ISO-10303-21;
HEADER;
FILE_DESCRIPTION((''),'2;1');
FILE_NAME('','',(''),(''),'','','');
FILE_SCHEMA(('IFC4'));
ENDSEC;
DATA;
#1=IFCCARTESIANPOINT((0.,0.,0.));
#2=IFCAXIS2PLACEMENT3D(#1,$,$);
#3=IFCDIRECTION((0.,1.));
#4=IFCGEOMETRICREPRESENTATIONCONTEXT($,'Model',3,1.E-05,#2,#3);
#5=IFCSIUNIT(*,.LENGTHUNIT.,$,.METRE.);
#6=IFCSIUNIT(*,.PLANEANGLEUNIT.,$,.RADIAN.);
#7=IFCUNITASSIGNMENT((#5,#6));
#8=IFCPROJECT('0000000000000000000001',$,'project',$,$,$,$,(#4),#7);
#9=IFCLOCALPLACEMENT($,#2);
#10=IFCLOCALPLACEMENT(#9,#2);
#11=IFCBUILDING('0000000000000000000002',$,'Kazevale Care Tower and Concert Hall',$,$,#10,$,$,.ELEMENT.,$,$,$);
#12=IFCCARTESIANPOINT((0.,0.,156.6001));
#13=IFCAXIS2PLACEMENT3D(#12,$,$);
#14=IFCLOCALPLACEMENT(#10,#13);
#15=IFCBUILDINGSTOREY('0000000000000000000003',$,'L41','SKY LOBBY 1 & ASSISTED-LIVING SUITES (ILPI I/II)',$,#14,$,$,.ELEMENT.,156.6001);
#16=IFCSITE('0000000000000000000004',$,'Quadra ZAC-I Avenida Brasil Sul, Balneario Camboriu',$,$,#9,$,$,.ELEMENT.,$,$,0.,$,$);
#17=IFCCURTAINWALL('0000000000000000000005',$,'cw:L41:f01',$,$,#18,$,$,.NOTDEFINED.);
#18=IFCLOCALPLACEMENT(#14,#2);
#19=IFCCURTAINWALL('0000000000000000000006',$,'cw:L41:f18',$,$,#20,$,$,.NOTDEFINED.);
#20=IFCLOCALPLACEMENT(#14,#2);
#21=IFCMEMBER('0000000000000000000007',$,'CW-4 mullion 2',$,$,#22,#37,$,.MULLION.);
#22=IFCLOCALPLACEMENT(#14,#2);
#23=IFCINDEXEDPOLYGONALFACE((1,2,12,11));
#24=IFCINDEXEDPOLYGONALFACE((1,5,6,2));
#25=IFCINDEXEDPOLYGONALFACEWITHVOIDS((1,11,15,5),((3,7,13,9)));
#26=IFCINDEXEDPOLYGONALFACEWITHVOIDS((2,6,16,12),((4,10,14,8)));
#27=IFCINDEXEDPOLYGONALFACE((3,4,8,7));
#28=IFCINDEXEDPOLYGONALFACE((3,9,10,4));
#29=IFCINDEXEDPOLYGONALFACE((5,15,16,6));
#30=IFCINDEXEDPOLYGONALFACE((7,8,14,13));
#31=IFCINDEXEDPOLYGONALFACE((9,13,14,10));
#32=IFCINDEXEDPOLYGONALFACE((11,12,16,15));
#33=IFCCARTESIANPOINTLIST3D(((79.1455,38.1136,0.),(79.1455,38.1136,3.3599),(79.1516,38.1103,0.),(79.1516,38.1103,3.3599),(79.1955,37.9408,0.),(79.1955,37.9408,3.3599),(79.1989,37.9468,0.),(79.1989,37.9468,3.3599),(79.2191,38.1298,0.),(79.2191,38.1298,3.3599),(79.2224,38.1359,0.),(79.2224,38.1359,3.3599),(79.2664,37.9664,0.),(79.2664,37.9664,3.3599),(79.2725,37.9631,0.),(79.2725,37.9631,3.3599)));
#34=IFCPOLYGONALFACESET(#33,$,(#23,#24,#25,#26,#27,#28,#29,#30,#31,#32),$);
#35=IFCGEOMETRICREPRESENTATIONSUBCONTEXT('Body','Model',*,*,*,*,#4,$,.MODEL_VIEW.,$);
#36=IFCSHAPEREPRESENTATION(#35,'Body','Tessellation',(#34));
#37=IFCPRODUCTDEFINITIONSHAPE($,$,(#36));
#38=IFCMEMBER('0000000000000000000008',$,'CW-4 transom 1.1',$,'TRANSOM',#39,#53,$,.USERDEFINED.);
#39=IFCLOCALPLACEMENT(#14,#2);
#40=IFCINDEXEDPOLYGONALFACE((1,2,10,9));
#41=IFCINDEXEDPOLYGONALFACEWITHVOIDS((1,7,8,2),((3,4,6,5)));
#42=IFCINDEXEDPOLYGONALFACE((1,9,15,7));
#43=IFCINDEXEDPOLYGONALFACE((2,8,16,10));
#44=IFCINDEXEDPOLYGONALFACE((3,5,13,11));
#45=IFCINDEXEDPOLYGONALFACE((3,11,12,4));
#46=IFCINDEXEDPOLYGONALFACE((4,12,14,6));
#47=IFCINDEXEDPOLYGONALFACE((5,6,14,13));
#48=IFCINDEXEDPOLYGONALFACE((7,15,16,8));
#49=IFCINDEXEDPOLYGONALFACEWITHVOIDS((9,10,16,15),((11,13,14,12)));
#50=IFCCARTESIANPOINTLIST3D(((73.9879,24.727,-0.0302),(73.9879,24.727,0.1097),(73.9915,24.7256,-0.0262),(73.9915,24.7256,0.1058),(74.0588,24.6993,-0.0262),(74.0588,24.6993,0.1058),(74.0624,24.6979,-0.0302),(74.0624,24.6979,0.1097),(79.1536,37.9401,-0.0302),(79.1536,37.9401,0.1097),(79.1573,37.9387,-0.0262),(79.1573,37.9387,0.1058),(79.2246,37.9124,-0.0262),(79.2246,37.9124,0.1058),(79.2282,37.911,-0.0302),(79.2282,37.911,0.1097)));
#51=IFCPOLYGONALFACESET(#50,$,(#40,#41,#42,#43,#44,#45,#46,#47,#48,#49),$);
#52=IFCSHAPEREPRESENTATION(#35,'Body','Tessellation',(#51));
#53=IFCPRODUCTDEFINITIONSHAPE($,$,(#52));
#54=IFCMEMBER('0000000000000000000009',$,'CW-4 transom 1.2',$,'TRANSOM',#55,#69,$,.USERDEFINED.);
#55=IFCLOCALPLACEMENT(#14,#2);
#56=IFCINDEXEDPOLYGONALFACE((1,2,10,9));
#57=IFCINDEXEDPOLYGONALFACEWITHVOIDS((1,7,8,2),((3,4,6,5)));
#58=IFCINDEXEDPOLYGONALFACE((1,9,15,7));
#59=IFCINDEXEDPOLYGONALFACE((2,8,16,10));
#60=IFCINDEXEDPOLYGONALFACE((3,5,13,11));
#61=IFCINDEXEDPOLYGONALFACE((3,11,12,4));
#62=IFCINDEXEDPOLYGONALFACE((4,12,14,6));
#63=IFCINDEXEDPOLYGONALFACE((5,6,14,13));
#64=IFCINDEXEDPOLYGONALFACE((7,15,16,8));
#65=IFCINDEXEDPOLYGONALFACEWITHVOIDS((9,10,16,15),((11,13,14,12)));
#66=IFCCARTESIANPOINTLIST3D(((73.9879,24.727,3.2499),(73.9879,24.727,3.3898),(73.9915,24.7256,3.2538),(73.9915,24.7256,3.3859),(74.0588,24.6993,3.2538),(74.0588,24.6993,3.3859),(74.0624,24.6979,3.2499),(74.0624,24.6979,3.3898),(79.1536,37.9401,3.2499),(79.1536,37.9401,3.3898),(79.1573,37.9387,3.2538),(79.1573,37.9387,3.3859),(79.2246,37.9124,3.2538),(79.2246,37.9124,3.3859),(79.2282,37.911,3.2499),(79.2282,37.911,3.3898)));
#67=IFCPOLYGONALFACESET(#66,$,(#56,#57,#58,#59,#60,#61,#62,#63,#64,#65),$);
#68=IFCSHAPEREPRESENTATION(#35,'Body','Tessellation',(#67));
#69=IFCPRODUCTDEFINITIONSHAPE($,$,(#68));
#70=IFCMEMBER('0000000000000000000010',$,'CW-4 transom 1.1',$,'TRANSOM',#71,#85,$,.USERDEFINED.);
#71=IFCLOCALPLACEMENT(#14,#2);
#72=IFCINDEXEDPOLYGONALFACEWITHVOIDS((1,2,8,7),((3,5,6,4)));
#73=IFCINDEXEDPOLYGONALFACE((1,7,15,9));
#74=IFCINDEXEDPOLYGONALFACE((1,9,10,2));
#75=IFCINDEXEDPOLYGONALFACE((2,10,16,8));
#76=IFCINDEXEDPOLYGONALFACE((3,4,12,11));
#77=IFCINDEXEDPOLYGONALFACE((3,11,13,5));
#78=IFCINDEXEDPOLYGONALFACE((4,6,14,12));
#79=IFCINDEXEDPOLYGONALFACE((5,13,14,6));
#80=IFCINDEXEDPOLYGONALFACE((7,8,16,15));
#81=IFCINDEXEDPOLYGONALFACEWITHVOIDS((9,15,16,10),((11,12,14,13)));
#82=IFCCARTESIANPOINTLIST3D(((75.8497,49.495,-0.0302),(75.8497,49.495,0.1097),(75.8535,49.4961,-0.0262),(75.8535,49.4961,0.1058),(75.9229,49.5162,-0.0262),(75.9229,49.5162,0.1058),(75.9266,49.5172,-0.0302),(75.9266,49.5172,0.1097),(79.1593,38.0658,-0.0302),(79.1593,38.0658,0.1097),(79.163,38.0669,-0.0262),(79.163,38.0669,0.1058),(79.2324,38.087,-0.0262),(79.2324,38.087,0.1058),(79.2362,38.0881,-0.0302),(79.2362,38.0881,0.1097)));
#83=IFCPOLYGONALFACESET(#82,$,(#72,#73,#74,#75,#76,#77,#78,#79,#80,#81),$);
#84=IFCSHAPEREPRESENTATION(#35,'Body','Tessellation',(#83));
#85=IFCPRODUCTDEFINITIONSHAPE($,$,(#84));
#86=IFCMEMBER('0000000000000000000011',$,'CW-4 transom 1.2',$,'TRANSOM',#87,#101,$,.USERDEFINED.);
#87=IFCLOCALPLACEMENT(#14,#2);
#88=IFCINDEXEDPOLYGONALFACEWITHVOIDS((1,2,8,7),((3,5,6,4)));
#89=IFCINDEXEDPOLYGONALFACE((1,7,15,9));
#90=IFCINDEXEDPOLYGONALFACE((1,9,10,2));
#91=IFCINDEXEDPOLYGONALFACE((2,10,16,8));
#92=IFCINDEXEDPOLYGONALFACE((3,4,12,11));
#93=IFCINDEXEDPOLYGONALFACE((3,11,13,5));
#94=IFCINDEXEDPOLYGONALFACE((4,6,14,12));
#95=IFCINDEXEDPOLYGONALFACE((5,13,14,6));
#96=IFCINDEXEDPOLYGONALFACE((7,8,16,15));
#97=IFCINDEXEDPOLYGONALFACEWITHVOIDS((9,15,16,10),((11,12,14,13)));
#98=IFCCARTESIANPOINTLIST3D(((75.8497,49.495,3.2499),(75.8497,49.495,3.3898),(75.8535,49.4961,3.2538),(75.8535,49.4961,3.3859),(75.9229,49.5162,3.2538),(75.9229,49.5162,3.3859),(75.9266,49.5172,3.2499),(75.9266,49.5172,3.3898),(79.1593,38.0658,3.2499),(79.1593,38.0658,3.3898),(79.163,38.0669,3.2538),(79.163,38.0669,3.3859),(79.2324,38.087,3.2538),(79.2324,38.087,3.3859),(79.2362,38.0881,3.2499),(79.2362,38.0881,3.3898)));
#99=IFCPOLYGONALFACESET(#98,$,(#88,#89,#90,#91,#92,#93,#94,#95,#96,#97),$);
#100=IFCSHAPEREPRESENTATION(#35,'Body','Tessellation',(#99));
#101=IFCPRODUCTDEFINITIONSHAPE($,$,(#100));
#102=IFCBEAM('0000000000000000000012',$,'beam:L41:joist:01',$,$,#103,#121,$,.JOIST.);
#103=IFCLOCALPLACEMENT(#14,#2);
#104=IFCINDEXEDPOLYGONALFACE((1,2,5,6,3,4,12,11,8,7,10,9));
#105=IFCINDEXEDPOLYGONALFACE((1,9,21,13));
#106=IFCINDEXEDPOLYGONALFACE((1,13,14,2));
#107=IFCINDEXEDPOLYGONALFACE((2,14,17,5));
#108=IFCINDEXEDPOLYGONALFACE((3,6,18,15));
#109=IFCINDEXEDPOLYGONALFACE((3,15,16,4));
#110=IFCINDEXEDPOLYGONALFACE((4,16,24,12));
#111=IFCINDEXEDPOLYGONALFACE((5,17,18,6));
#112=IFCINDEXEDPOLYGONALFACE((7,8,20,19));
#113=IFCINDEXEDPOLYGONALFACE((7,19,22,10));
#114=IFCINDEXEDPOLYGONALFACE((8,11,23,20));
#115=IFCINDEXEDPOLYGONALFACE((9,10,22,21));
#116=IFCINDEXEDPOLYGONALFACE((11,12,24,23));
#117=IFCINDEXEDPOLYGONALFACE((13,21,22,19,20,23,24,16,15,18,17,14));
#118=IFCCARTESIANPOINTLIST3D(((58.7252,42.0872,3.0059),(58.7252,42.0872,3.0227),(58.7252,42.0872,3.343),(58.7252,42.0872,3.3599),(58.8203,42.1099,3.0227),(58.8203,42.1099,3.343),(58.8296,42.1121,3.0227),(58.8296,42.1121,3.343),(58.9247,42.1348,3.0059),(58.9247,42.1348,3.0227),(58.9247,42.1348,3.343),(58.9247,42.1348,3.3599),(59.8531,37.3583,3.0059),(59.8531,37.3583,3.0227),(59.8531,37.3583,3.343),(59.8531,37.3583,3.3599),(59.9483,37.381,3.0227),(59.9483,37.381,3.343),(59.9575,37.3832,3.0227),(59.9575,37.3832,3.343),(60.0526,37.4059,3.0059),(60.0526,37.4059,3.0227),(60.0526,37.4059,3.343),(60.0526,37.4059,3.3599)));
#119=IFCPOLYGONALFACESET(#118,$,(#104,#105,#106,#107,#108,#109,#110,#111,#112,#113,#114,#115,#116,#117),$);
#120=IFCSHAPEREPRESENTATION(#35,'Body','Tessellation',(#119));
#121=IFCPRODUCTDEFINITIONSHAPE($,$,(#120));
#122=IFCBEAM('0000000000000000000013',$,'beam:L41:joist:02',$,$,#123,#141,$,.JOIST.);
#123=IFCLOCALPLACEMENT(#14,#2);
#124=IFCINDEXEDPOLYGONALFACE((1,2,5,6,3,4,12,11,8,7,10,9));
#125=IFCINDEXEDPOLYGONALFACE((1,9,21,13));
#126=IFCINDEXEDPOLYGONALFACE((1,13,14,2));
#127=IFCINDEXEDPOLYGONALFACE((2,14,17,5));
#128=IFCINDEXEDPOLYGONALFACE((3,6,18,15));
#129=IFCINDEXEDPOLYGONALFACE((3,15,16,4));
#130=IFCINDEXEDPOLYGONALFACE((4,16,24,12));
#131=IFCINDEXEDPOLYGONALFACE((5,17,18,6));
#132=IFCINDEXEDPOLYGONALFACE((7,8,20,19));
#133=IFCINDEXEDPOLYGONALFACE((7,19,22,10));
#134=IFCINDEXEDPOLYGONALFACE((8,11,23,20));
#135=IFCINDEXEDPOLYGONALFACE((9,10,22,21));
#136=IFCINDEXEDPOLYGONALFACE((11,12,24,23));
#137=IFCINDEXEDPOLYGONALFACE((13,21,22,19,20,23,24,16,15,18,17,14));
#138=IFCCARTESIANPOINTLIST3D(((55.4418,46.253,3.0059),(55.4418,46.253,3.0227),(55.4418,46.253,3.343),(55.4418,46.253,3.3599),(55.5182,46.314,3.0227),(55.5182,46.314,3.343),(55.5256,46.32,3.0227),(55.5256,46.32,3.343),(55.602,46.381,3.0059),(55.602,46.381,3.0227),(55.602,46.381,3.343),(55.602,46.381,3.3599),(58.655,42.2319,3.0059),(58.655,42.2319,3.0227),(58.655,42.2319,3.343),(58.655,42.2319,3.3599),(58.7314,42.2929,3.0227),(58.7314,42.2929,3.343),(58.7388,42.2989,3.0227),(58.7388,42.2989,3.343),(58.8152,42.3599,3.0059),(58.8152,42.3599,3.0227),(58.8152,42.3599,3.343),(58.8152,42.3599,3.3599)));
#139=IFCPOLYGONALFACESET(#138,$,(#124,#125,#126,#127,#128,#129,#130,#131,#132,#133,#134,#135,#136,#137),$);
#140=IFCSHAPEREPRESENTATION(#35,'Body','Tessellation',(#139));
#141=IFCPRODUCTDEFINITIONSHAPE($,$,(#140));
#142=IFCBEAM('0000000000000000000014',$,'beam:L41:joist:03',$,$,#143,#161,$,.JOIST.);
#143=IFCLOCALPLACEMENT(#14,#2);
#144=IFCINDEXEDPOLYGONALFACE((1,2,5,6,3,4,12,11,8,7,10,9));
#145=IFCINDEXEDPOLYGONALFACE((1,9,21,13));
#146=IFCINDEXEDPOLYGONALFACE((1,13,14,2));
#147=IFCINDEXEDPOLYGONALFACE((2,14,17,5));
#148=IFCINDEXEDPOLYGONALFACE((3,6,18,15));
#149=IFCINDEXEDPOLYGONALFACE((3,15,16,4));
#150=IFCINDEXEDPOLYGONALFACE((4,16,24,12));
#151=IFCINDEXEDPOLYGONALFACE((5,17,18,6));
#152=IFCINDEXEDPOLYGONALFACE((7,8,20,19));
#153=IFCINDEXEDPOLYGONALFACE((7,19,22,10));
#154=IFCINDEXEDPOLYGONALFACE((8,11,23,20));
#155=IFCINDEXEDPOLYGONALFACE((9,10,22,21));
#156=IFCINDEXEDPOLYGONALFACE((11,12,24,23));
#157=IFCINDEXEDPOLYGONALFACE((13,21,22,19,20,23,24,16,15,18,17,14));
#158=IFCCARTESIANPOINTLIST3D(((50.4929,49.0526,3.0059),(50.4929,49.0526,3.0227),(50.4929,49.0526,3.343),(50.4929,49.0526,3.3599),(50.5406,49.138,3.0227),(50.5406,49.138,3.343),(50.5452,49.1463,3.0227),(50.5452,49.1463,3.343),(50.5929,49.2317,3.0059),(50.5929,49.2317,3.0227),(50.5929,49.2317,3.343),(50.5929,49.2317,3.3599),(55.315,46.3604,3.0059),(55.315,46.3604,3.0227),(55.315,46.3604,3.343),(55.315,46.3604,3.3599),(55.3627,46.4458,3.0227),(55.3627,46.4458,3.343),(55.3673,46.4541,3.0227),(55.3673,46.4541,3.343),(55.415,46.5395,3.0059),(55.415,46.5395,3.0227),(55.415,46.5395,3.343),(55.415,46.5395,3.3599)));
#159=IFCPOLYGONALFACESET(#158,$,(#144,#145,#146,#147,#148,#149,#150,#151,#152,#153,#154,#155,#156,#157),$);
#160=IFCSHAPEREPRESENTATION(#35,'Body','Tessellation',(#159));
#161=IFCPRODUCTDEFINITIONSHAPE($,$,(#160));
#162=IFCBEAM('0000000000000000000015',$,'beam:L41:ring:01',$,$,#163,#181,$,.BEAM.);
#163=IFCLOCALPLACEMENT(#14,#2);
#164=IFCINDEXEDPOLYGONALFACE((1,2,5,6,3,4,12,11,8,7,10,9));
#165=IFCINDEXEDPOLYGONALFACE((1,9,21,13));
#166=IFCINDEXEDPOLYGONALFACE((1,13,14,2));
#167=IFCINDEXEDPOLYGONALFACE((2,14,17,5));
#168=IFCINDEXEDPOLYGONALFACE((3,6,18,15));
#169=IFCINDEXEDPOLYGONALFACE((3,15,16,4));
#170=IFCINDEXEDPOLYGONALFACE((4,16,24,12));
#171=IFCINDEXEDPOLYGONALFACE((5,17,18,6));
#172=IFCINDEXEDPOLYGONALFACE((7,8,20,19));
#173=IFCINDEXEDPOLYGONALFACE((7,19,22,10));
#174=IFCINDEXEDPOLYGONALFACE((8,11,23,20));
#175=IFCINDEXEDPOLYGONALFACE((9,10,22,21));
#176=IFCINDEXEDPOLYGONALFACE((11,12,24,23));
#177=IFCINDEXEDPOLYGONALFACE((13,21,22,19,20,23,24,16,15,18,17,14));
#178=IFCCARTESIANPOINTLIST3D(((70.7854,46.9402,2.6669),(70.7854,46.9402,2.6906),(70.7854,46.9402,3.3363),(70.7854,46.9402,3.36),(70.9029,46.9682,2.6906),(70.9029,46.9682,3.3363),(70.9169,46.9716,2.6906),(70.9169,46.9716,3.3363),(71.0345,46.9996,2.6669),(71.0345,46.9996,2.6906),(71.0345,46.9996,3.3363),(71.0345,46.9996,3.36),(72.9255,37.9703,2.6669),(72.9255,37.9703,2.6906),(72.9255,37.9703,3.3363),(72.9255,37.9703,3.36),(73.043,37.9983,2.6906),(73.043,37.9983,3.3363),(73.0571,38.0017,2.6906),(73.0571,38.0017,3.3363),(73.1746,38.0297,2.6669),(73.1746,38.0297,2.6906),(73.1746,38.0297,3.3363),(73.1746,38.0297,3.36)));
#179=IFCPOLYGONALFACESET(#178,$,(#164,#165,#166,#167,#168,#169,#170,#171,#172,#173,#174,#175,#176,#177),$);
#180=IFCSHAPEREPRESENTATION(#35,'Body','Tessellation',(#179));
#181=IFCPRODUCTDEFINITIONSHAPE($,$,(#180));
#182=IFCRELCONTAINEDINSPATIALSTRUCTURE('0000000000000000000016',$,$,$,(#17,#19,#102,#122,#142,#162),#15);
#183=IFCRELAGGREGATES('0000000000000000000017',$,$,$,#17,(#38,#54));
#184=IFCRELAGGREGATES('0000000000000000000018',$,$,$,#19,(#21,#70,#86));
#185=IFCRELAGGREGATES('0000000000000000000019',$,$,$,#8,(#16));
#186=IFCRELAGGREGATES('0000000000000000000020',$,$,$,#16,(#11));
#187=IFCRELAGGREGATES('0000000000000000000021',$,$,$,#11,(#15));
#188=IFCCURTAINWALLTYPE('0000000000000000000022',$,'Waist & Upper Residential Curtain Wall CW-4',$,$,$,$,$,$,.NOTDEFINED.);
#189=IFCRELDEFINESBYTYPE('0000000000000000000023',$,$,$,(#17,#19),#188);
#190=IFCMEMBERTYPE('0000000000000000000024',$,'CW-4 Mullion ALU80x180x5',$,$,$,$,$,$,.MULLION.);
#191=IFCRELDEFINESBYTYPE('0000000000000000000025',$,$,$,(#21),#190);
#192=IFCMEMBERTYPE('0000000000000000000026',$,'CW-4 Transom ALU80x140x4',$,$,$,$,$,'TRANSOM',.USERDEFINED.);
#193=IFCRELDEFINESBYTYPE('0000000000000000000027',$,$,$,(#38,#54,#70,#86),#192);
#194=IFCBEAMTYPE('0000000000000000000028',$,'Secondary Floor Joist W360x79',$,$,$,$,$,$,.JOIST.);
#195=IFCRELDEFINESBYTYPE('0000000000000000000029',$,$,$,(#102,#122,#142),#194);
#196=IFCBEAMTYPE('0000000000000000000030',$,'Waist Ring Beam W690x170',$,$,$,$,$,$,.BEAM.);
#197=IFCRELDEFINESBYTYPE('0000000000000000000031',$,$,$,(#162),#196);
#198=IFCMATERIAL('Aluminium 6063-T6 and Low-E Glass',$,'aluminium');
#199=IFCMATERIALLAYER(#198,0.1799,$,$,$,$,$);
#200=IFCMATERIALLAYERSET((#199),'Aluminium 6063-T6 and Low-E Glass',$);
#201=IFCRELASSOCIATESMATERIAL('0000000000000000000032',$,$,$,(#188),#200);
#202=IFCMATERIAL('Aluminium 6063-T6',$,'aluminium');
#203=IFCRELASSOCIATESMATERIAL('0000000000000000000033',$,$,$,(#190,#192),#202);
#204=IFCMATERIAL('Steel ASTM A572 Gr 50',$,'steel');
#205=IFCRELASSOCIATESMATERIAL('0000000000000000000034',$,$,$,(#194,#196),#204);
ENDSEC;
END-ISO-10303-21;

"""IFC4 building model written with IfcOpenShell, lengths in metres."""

from ifc_helpers import new_model, si_unit, direction, frame, origin, origin_2d, place, context, subcontext, project, spatial, hollow_rectangle, i_section, extrude, material, layer, layer_set, material_profile, profile_set, type_object, element, aggregate, save


model = new_model("IFC4")

# Units and contexts
model_context = context("Model", 3, precision=1e-05, world=origin(), true_north=direction((0.0, 1.0)))
body_context = subcontext(model_context, "Body", "Model", "MODEL_VIEW")
ifc_project = project(units=[si_unit("LENGTHUNIT", "METRE"), si_unit("PLANEANGLEUNIT", "RADIAN")], contexts=[model_context])

# Site, building, storey
site_placement = place(None, origin())
site = spatial("IfcSite", under=ifc_project, at=site_placement, Name="Quadra ZAC-I Avenida Brasil Sul, Balneario Camboriu", CompositionType="ELEMENT", RefElevation=0.0)
building_placement = place(site_placement, origin())
building = spatial("IfcBuilding", under=site, at=building_placement, Name="Kazevale Care Tower and Concert Hall", CompositionType="ELEMENT")
storey_placement = place(building_placement, frame((0.0, 0.0, 156.6001)))
storey = spatial("IfcBuildingStorey", under=building, at=storey_placement, Name="L41", Description="SKY LOBBY 1 & ASSISTED-LIVING SUITES (ILPI I/II)", CompositionType="ELEMENT", Elevation=156.6001)

# Shared definitions
ifc_material_1 = material(Name="Aluminium 6063-T6 and Low-E Glass", Category="aluminium")
ifc_material_2 = material(Name="Aluminium 6063-T6", Category="aluminium")

# Curtain wall
ifc_layer_1 = layer(ifc_material_1, 0.1799)
ifc_layer_set_1 = layer_set([ifc_layer_1], Name="Aluminium 6063-T6 and Low-E Glass")
curtain_wall_type_1 = type_object("IfcCurtainWallType", Name="Waist & Upper Residential Curtain Wall CW-4", PredefinedType="NOTDEFINED", material=ifc_layer_set_1)
curtain_wall_1_placement = place(storey_placement, origin())
curtain_wall_1 = element("IfcCurtainWall", 1, at=curtain_wall_1_placement, inside=storey, type_object=curtain_wall_type_1, Name="cw:L41:f01", PredefinedType="NOTDEFINED")
ifc_material_profile_1 = material_profile(ifc_material_2, hollow_rectangle(XDim=0.0801, YDim=0.1799, WallThickness=0.0049, at=origin_2d()), Name="ALU80x180x5")
ifc_profile_set_1 = profile_set([ifc_material_profile_1], Name="Aluminium 6063-T6")
member_type_1 = type_object("IfcMemberType", Name="CW-4 Mullion ALU80x180x5", PredefinedType="MULLION", material=ifc_profile_set_1)

# Curtain wall, member
curtain_wall_2_placement = place(storey_placement, origin())
curtain_wall_2 = element("IfcCurtainWall", 2, at=curtain_wall_2_placement, inside=storey, type_object=curtain_wall_type_1, Name="cw:L41:f18", PredefinedType="NOTDEFINED")
member_1_placement = place(storey_placement, frame((79.209, 38.0383, 0.0), z_axis=(0.0, 0.0, 1.0), x_axis=(0.960542, 0.278137, 0.0)))
member_1 = element("IfcMember", 3, at=member_1_placement, type_object=member_type_1, Name="CW-4 mullion 2", PredefinedType="MULLION", context=body_context, shape_type="SweptSolid", body=[
    extrude(hollow_rectangle(XDim=0.0801, YDim=0.1799, WallThickness=0.0049, at=origin_2d()), origin(), (0.0, 0.0, 1.0), 3.3599),
])

# Members
ifc_material_profile_2 = material_profile(ifc_material_2, hollow_rectangle(XDim=0.0801, YDim=0.1399, WallThickness=0.0039, at=origin_2d()), Name="ALU80x140x4")
ifc_profile_set_2 = profile_set([ifc_material_profile_2], Name="Aluminium 6063-T6")
member_type_2 = type_object("IfcMemberType", Name="CW-4 Transom ALU80x140x4", ElementType="TRANSOM", PredefinedType="USERDEFINED", material=ifc_profile_set_2)
member_2_placement = place(storey_placement, frame((79.1909, 37.9255, 0.0398), z_axis=(-0.364119, -0.931352, 0.0), x_axis=(0.931352, -0.364119, 0.0)))
member_2 = element("IfcMember", 4, at=member_2_placement, type_object=member_type_2, Name="CW-4 transom 1.1", ObjectType="TRANSOM", PredefinedType="USERDEFINED", context=body_context, shape_type="SweptSolid", body=[
    extrude(hollow_rectangle(XDim=0.0801, YDim=0.1399, WallThickness=0.0039, at=origin_2d()), origin(), (0.0, 0.0, 1.0), 14.187),
])
member_3_placement = place(storey_placement, frame((79.1909, 37.9255, 3.3198), z_axis=(-0.364119, -0.931352, 0.0), x_axis=(0.931352, -0.364119, 0.0)))
member_3 = element("IfcMember", 5, at=member_3_placement, type_object=member_type_2, Name="CW-4 transom 1.2", ObjectType="TRANSOM", PredefinedType="USERDEFINED", context=body_context, shape_type="SweptSolid", body=[
    extrude(hollow_rectangle(XDim=0.0801, YDim=0.1399, WallThickness=0.0039, at=origin_2d()), origin(), (0.0, 0.0, 1.0), 14.187),
])
member_4_placement = place(storey_placement, frame((75.8882, 49.5061, 0.0398), z_axis=(0.278145, -0.960539, 0.0), x_axis=(0.960539, 0.278145, 0.0)))
member_4 = element("IfcMember", 6, at=member_4_placement, type_object=member_type_2, Name="CW-4 transom 1.1", ObjectType="TRANSOM", PredefinedType="USERDEFINED", context=body_context, shape_type="SweptSolid", body=[
    extrude(hollow_rectangle(XDim=0.0801, YDim=0.1399, WallThickness=0.0039, at=origin_2d()), origin(), (0.0, 0.0, 1.0), 11.8987),
])
member_5_placement = place(storey_placement, frame((75.8882, 49.5061, 3.3198), z_axis=(0.278145, -0.960539, 0.0), x_axis=(0.960539, 0.278145, 0.0)))
member_5 = element("IfcMember", 7, at=member_5_placement, type_object=member_type_2, Name="CW-4 transom 1.2", ObjectType="TRANSOM", PredefinedType="USERDEFINED", context=body_context, shape_type="SweptSolid", body=[
    extrude(hollow_rectangle(XDim=0.0801, YDim=0.1399, WallThickness=0.0039, at=origin_2d()), origin(), (0.0, 0.0, 1.0), 11.8987),
])

# Beams
ifc_material_3 = material(Name="Steel ASTM A572 Gr 50", Category="steel")
ifc_material_profile_3 = material_profile(ifc_material_3, i_section(OverallWidth=0.2051, OverallDepth=0.354, WebThickness=0.0095, FlangeThickness=0.0168, at=origin_2d()), Name="W360x79")
ifc_profile_set_3 = profile_set([ifc_material_profile_3], Name="Steel ASTM A572 Gr 50")
beam_type_1 = type_object("IfcBeamType", Name="Secondary Floor Joist W360x79", PredefinedType="JOIST", material=ifc_profile_set_3)
beam_1_placement = place(storey_placement, frame((59.9529, 37.3821, 3.1829), z_axis=(-0.232005, 0.972715, 0.0), x_axis=(-0.972715, -0.232005, 0.0)))
element("IfcBeam", 8, at=beam_1_placement, inside=storey, type_object=beam_type_1, Name="beam:L41:joist:01", PredefinedType="JOIST", context=body_context, shape_type="SweptSolid", body=[
    extrude(i_section(OverallWidth=0.2051, OverallDepth=0.354, WebThickness=0.0095, FlangeThickness=0.0168, at=origin_2d()), origin(), (0.0, 0.0, 1.0), 4.8616),
])
beam_2_placement = place(storey_placement, frame((58.7351, 42.2959, 3.1829), z_axis=(-0.624261, 0.781216, 0.0), x_axis=(-0.781216, -0.624261, 0.0)))
element("IfcBeam", 9, at=beam_2_placement, inside=storey, type_object=beam_type_1, Name="beam:L41:joist:02", PredefinedType="JOIST", context=body_context, shape_type="SweptSolid", body=[
    extrude(i_section(OverallWidth=0.2051, OverallDepth=0.354, WebThickness=0.0095, FlangeThickness=0.0168, at=origin_2d()), origin(), (0.0, 0.0, 1.0), 5.1472),
])
beam_3_placement = place(storey_placement, frame((55.365, 46.45, 3.1829), z_axis=(-0.873138, 0.487474, 0.0), x_axis=(-0.487474, -0.873138, 0.0)))
element("IfcBeam", 10, at=beam_3_placement, inside=storey, type_object=beam_type_1, Name="beam:L41:joist:03", PredefinedType="JOIST", context=body_context, shape_type="SweptSolid", body=[
    extrude(i_section(OverallWidth=0.2051, OverallDepth=0.354, WebThickness=0.0095, FlangeThickness=0.0168, at=origin_2d()), origin(), (0.0, 0.0, 1.0), 5.5227),
])
ifc_material_profile_4 = material_profile(ifc_material_3, i_section(OverallWidth=0.2561, OverallDepth=0.6931, WebThickness=0.0144, FlangeThickness=0.0237, at=origin_2d()), Name="W690x170")
ifc_profile_set_4 = profile_set([ifc_material_profile_4], Name="Steel ASTM A572 Gr 50")
beam_type_2 = type_object("IfcBeamType", Name="Waist Ring Beam W690x170", PredefinedType="BEAM", material=ifc_profile_set_4)
beam_4_placement = place(storey_placement, frame((73.05, 38.0, 3.0134), z_axis=(-0.232075, 0.972698, 0.0), x_axis=(-0.972698, -0.232075, 0.0)))
element("IfcBeam", 11, at=beam_4_placement, inside=storey, type_object=beam_type_2, Name="beam:L41:ring:01", PredefinedType="BEAM", context=body_context, shape_type="SweptSolid", body=[
    extrude(i_section(OverallWidth=0.2561, OverallDepth=0.6931, WebThickness=0.0144, FlangeThickness=0.0237, at=origin_2d()), origin(), (0.0, 0.0, 1.0), 9.2217),
])

aggregate(curtain_wall_1, [member_2, member_3])
aggregate(curtain_wall_2, [member_1, member_4, member_5])

save(model, "model.ifc")
